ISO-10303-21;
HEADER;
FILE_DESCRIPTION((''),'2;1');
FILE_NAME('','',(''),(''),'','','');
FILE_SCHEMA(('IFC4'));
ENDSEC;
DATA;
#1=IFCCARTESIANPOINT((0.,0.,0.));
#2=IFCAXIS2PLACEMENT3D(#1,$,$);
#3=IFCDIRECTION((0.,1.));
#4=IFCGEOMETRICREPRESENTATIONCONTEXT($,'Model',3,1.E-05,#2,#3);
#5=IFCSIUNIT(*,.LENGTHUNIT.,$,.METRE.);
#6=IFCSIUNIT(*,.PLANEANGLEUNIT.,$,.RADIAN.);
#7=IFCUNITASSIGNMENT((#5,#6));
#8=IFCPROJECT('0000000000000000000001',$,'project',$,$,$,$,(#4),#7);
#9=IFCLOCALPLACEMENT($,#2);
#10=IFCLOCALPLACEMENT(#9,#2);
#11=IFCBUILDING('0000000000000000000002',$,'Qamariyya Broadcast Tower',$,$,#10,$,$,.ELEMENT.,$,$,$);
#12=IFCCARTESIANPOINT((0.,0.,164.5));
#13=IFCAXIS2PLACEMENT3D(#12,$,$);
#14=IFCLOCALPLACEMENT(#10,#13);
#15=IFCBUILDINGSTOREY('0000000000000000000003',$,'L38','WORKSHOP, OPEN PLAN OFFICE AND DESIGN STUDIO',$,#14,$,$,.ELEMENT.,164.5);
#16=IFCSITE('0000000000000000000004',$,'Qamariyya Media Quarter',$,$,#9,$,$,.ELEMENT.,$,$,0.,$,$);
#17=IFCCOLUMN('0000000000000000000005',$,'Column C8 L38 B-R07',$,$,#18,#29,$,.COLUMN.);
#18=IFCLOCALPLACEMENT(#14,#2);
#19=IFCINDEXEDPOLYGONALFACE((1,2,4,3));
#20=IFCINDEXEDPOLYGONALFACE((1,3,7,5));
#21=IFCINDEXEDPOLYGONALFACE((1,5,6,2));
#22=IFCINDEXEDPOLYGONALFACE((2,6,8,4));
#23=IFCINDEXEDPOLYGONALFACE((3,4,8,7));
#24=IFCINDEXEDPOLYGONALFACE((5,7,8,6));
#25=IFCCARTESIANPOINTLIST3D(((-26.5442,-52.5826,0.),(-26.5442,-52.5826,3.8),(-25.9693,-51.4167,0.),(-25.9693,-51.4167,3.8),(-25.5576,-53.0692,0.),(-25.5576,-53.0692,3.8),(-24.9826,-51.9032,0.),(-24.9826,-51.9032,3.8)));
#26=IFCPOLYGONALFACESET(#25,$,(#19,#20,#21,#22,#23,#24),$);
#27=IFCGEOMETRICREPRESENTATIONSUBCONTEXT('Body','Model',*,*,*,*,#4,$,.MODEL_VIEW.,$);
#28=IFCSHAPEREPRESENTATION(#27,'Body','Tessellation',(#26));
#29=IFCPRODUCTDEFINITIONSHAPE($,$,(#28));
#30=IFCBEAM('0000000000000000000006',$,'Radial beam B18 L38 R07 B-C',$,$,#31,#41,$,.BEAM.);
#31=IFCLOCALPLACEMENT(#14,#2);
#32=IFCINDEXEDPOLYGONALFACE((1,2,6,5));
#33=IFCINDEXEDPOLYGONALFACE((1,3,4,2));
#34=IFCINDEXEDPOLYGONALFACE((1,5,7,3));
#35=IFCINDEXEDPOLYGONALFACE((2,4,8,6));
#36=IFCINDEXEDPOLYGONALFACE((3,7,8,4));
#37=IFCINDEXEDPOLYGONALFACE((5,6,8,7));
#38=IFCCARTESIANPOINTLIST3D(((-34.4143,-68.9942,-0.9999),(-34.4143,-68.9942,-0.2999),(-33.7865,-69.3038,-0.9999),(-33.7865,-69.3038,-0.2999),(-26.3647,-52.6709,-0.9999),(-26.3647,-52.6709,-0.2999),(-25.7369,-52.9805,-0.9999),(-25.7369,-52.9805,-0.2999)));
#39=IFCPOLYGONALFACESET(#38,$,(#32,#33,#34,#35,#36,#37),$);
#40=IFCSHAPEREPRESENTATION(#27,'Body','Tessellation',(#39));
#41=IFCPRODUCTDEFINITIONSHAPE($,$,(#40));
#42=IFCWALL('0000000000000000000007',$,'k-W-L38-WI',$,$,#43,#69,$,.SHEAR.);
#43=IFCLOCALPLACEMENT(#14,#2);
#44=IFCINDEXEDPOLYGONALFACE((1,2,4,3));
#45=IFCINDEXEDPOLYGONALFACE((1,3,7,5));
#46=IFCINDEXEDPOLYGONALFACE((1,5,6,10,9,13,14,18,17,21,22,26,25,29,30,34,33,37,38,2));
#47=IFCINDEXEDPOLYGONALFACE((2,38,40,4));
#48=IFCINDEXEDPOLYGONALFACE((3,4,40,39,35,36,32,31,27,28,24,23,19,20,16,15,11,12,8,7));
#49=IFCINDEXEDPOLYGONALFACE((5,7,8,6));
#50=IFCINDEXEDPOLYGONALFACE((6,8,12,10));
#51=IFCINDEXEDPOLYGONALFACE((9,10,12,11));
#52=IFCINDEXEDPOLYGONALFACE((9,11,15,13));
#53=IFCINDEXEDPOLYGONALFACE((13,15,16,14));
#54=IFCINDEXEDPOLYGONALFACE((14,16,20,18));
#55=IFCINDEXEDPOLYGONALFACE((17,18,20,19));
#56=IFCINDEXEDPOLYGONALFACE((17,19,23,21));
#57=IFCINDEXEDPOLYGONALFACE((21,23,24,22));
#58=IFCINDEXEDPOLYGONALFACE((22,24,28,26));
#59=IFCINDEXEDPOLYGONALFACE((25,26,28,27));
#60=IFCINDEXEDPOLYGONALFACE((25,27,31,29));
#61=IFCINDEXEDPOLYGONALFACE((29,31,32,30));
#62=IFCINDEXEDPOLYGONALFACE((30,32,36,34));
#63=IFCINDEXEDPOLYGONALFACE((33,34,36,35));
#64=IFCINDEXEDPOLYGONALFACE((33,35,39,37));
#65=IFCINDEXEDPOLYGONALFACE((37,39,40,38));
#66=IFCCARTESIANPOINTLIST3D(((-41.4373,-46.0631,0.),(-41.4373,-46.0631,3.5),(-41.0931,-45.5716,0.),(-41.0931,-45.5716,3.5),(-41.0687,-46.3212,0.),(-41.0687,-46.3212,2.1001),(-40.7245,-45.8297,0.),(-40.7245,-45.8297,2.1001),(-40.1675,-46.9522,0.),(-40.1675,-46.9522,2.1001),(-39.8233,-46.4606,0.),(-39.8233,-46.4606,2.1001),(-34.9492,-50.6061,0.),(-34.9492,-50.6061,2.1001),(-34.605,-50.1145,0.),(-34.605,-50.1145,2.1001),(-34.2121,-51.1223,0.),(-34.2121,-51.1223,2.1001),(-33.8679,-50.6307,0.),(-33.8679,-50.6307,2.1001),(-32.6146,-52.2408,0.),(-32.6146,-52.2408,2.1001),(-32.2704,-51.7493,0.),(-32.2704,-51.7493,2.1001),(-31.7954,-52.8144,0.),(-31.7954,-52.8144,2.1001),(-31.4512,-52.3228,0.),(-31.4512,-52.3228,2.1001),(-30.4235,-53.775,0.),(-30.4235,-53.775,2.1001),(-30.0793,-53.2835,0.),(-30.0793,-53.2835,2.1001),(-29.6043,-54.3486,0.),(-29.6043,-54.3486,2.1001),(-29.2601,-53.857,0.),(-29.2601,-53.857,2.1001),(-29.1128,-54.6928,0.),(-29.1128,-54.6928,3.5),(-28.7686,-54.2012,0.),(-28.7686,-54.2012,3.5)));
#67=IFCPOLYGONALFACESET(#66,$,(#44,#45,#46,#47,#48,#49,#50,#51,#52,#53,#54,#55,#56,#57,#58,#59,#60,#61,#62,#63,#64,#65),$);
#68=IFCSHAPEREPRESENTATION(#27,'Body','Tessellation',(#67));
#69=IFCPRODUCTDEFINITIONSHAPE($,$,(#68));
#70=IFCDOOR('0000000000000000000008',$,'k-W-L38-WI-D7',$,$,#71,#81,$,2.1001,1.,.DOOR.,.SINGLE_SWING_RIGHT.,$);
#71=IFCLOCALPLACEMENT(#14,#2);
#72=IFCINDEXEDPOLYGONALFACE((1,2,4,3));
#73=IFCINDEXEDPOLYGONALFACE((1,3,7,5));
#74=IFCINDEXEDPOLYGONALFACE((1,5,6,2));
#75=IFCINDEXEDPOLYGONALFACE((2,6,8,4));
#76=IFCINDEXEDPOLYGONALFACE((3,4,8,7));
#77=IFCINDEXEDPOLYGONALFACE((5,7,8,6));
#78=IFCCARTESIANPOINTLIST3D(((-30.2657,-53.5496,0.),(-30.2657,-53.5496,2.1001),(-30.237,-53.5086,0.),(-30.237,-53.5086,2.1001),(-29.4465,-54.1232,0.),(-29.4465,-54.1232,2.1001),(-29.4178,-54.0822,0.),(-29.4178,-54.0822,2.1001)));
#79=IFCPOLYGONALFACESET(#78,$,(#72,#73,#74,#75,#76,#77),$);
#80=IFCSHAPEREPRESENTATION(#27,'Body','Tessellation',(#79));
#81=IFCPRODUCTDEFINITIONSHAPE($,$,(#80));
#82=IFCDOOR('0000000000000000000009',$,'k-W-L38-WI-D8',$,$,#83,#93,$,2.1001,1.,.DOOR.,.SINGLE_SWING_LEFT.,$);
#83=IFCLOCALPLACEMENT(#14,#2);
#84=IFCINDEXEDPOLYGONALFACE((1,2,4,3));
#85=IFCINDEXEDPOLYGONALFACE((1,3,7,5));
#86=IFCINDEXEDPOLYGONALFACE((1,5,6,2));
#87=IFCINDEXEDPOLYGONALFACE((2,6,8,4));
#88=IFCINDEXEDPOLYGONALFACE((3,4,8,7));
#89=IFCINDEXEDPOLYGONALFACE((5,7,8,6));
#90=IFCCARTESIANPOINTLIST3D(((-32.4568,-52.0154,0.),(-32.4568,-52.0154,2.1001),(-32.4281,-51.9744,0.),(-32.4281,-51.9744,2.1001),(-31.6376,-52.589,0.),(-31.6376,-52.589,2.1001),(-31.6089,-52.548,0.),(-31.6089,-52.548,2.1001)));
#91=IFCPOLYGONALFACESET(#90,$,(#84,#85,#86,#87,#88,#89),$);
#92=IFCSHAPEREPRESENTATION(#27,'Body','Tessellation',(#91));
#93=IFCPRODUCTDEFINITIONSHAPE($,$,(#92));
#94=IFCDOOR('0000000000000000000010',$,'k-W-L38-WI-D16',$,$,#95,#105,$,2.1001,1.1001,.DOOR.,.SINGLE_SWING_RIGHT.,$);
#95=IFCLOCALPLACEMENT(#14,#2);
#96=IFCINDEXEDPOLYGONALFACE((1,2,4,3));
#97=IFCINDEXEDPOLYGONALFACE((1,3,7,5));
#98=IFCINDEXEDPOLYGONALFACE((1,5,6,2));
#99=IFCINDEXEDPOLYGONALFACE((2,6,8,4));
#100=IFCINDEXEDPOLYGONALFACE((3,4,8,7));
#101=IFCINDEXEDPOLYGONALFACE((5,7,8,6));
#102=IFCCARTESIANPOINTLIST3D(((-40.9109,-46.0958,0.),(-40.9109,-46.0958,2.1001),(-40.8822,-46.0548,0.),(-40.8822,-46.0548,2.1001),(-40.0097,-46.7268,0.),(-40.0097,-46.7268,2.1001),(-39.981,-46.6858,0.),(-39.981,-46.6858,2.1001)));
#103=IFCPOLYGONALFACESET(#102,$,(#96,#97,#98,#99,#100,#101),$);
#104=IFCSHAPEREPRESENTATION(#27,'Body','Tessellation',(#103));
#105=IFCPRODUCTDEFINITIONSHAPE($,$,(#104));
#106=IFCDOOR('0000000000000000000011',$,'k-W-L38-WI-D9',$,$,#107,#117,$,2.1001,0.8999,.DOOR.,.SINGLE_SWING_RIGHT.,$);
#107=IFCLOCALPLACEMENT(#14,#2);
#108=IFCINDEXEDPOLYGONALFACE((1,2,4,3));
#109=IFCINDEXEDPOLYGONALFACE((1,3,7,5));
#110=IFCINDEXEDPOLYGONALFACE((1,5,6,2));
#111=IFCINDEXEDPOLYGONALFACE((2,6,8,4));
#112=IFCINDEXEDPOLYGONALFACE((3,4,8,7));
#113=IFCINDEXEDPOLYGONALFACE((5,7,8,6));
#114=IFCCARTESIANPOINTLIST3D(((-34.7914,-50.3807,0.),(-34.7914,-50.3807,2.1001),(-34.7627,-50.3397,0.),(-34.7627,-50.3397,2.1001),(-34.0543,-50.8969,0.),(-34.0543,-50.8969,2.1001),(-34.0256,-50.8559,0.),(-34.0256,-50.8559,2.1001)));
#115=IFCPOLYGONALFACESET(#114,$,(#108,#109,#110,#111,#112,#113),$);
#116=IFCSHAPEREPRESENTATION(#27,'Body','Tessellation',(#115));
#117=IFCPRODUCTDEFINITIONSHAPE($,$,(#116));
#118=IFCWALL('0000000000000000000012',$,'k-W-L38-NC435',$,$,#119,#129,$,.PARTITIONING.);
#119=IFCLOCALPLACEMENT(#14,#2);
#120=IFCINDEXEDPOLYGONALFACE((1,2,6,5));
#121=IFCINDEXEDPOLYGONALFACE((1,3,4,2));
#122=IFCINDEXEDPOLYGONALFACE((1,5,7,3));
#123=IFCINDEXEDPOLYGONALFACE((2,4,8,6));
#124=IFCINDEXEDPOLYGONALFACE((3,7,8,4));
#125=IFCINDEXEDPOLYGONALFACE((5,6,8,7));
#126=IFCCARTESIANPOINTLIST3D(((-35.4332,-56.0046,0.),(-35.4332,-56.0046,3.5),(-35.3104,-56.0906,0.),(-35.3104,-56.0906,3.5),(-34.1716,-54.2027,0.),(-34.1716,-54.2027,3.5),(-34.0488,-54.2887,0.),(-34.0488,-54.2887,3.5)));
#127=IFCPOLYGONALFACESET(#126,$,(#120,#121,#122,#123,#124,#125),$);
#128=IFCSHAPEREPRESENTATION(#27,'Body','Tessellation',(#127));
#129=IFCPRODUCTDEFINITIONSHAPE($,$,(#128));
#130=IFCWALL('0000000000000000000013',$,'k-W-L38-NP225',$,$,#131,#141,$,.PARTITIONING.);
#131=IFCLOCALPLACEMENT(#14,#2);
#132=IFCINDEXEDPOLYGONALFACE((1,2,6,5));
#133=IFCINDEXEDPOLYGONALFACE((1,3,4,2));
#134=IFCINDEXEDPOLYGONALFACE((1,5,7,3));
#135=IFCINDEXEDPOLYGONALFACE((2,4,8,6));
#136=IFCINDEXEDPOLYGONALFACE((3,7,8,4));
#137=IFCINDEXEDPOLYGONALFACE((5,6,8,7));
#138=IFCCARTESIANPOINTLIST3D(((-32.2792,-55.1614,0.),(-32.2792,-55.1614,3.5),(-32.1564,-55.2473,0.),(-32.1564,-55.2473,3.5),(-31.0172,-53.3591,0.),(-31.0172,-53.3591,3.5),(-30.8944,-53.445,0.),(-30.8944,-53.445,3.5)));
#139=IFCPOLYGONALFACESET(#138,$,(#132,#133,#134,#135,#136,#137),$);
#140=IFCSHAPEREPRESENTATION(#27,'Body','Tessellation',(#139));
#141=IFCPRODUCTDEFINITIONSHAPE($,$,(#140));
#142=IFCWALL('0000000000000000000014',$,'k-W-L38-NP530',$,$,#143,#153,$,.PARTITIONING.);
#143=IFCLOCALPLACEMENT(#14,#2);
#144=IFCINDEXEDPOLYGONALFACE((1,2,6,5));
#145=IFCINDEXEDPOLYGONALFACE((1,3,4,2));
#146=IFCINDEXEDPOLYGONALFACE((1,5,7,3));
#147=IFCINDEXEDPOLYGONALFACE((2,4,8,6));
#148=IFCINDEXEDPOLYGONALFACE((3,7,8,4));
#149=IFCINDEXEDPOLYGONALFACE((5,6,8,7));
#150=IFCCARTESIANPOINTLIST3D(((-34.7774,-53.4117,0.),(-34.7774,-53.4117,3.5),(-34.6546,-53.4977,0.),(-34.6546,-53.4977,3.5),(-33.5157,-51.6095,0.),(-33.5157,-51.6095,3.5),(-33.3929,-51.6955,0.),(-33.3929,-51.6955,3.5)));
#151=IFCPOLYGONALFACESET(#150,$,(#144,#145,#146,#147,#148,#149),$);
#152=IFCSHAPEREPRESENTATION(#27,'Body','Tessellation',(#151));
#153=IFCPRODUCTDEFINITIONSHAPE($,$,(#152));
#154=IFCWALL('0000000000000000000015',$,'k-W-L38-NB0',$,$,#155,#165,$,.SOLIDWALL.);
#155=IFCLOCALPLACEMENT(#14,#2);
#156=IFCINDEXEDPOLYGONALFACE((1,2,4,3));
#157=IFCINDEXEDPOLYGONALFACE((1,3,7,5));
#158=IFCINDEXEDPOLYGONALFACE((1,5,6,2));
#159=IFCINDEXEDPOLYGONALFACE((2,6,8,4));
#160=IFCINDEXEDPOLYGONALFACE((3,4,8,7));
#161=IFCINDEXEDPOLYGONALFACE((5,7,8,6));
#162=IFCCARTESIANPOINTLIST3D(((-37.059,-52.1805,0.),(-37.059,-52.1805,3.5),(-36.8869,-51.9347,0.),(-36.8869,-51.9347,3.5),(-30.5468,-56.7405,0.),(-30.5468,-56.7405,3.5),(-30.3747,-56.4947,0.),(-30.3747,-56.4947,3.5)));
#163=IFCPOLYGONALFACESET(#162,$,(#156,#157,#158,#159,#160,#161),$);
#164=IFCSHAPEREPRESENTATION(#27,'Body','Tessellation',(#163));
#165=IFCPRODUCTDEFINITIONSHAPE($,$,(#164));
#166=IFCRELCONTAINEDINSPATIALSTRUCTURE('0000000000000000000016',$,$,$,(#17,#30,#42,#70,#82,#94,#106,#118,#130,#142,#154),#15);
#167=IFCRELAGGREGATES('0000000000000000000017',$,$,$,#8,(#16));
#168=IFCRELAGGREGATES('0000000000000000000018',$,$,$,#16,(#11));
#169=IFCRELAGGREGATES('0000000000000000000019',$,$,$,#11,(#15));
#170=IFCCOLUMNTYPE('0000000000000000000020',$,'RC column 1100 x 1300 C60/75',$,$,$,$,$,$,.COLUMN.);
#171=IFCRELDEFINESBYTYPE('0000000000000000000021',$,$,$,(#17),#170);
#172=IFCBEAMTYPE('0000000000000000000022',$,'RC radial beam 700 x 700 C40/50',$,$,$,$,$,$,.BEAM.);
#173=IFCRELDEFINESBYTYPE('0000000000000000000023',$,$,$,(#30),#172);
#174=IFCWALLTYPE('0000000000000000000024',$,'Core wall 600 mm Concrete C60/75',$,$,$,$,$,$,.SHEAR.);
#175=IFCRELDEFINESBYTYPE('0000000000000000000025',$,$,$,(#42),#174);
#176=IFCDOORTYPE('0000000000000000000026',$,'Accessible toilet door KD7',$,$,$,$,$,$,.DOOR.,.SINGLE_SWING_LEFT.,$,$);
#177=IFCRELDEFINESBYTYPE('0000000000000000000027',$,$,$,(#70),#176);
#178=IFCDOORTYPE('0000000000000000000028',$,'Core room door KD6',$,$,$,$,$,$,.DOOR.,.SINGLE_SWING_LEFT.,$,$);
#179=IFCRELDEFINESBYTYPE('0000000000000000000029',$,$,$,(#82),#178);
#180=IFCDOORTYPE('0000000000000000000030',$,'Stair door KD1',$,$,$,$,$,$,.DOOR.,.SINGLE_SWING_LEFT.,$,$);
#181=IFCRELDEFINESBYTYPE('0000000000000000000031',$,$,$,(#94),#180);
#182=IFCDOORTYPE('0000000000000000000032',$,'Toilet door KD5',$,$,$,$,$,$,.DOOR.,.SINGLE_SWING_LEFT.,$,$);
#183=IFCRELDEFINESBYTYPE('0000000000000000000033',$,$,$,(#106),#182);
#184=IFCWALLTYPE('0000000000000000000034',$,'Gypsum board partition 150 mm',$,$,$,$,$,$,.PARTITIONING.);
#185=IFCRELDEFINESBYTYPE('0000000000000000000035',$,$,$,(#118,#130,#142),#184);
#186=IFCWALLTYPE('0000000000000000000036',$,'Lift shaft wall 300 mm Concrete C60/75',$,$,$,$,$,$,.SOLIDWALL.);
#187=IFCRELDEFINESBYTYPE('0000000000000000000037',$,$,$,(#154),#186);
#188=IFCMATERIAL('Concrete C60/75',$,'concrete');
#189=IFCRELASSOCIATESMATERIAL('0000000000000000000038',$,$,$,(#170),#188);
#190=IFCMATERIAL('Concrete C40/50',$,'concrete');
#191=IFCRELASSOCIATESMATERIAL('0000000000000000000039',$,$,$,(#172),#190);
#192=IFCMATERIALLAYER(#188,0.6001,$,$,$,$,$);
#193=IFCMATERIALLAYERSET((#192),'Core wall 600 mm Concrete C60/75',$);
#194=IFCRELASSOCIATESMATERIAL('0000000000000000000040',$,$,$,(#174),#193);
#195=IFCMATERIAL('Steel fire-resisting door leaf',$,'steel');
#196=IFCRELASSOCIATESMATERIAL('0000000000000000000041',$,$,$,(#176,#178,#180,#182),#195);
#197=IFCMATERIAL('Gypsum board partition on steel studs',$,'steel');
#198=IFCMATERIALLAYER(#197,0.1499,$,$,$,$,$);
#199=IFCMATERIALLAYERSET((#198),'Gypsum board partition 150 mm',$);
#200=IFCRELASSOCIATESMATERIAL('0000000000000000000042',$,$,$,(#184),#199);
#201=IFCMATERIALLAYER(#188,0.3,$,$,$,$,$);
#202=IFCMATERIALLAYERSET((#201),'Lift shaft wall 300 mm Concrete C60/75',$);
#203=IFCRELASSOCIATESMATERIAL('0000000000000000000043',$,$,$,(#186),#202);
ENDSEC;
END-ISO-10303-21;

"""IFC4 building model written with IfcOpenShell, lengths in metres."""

from ifc_helpers import new_model, si_unit, direction, frame, frame_2d, origin, origin_2d, place, context, subcontext, project, spatial, rectangle, extrude, material, layer, layer_set, material_profile, profile_set, type_object, element, fill, save


model = new_model("IFC4")

# Units and contexts
model_context = context("Model", 3, precision=1e-05, world=origin(), true_north=direction((0.0, 1.0)))
body_context = subcontext(model_context, "Body", "Model", "MODEL_VIEW")
ifc_project = project(units=[si_unit("LENGTHUNIT", "METRE"), si_unit("PLANEANGLEUNIT", "RADIAN")], contexts=[model_context])

# Site, building, storey
site_placement = place(None, origin())
site = spatial("IfcSite", under=ifc_project, at=site_placement, Name="Qamariyya Media Quarter", CompositionType="ELEMENT", RefElevation=0.0)
building_placement = place(site_placement, origin())
building = spatial("IfcBuilding", under=site, at=building_placement, Name="Qamariyya Broadcast Tower", CompositionType="ELEMENT")
storey_placement = place(building_placement, frame((0.0, 0.0, 164.5)))
storey = spatial("IfcBuildingStorey", under=building, at=storey_placement, Name="L38", Description="WORKSHOP, OPEN PLAN OFFICE AND DESIGN STUDIO", CompositionType="ELEMENT", Elevation=164.5)

# Column
ifc_material_1 = material(Name="Concrete C60/75", Category="concrete")
ifc_material_profile_1 = material_profile(ifc_material_1, rectangle(XDim=1.1001, YDim=1.3, at=origin_2d()))
ifc_profile_set_1 = profile_set([ifc_material_profile_1], Name="Concrete C60/75")
column_type = type_object("IfcColumnType", Name="RC column 1100 x 1300 C60/75", PredefinedType="COLUMN", material=ifc_profile_set_1)
column_placement = place(storey_placement, frame((-25.7634, -52.2429, 0.0), z_axis=(0.0, 0.0, 1.0), x_axis=(0.896873, -0.442289, 0.0)))
element("IfcColumn", 1, at=column_placement, inside=storey, type_object=column_type, Name="Column C8 L38 B-R07", PredefinedType="COLUMN", context=body_context, shape_type="SweptSolid", body=[
    extrude(rectangle(XDim=1.1001, YDim=1.3, at=origin_2d()), origin(), (0.0, 0.0, 1.0), 3.8),
])

# Beam
ifc_material_2 = material(Name="Concrete C40/50", Category="concrete")
ifc_material_profile_2 = material_profile(ifc_material_2, rectangle(XDim=0.7, YDim=0.7, at=origin_2d()))
ifc_profile_set_2 = profile_set([ifc_material_profile_2], Name="Concrete C40/50")
beam_type = type_object("IfcBeamType", Name="RC radial beam 700 x 700 C40/50", PredefinedType="BEAM", material=ifc_profile_set_2)
beam_placement = place(storey_placement, frame((-26.0508, -52.8257, -0.6499), z_axis=(-0.442281, -0.896876, 0.0), x_axis=(0.896876, -0.442281, 0.0)))
element("IfcBeam", 2, at=beam_placement, inside=storey, type_object=beam_type, Name="Radial beam B18 L38 R07 B-C", PredefinedType="BEAM", context=body_context, shape_type="SweptSolid", body=[
    extrude(rectangle(XDim=0.7, YDim=0.7, at=origin_2d()), origin(), (0.0, 0.0, 1.0), 18.2002),
])

# Wall, openings, doors
ifc_layer_1 = layer(ifc_material_1, 0.6001)
ifc_layer_set_1 = layer_set([ifc_layer_1], Name="Core wall 600 mm Concrete C60/75")
wall_type_1 = type_object("IfcWallType", Name="Core wall 600 mm Concrete C60/75", PredefinedType="SHEAR", material=ifc_layer_set_1)
wall_1_placement = place(storey_placement, frame((-28.9407, -54.447, 0.0), z_axis=(0.0, 0.0, 1.0), x_axis=(-0.819153, 0.573575, 0.0)))
wall_1 = element("IfcWall", 3, at=wall_1_placement, inside=storey, type_object=wall_type_1, Name="k-W-L38-WI", PredefinedType="SHEAR", context=body_context, shape_type="SweptSolid", body=[
    extrude(rectangle(XDim=15.0454, YDim=0.6001, at=frame_2d((7.5227, 0.0))), origin(), (0.0, 0.0, 1.0), 3.5),
])
opening_1_placement = place(wall_1_placement, frame((0.6001, 0.0, 0.0)))
opening_1 = element("IfcOpeningElement", 4, at=opening_1_placement, cuts=wall_1, PredefinedType="OPENING", context=body_context, shape_type="SweptSolid", body=[
    extrude(rectangle(XDim=1.0, YDim=2.1001, at=frame_2d((0.5, 1.05))), frame((0.0, 0.3101, 0.0), z_axis=(0.0, -1.0, 0.0), x_axis=(1.0, 0.0, 0.0)), (0.0, 0.0, 1.0), 0.6201),
])
opening_2_placement = place(wall_1_placement, frame((3.2749, 0.0, 0.0)))
opening_2 = element("IfcOpeningElement", 5, at=opening_2_placement, cuts=wall_1, PredefinedType="OPENING", context=body_context, shape_type="SweptSolid", body=[
    extrude(rectangle(XDim=1.0, YDim=2.1001, at=frame_2d((0.5, 1.05))), frame((0.0, 0.3101, 0.0), z_axis=(0.0, -1.0, 0.0), x_axis=(1.0, 0.0, 0.0)), (0.0, 0.0, 1.0), 0.6201),
])
opening_3_placement = place(wall_1_placement, frame((6.2251, 0.0, 0.0)))
opening_3 = element("IfcOpeningElement", 6, at=opening_3_placement, cuts=wall_1, PredefinedType="OPENING", context=body_context, shape_type="SweptSolid", body=[
    extrude(rectangle(XDim=0.8999, YDim=2.1001, at=frame_2d((0.45, 1.05))), frame((0.0, 0.3101, 0.0), z_axis=(0.0, -1.0, 0.0), x_axis=(1.0, 0.0, 0.0)), (0.0, 0.0, 1.0), 0.6201),
])
opening_4_placement = place(wall_1_placement, frame((13.4954, 0.0, 0.0)))
opening_4 = element("IfcOpeningElement", 7, at=opening_4_placement, cuts=wall_1, PredefinedType="OPENING", context=body_context, shape_type="SweptSolid", body=[
    extrude(rectangle(XDim=1.1001, YDim=2.1001, at=frame_2d((0.55, 1.05))), frame((0.0, 0.3101, 0.0), z_axis=(0.0, -1.0, 0.0), x_axis=(1.0, 0.0, 0.0)), (0.0, 0.0, 1.0), 0.6201),
])
ifc_material_3 = material(Name="Steel fire-resisting door leaf", Category="steel")
door_type_1 = type_object("IfcDoorType", Name="Accessible toilet door KD7", OperationType="SINGLE_SWING_LEFT", PredefinedType="DOOR", material=ifc_material_3)
door_1_placement = place(opening_1_placement, origin())
door_1 = element("IfcDoor", 8, at=door_1_placement, inside=storey, type_object=door_type_1, Name="k-W-L38-WI-D7", OperationType="SINGLE_SWING_RIGHT", OverallHeight=2.1001, OverallWidth=1.0, PredefinedType="DOOR", context=body_context, shape_type="SweptSolid", body=[
    extrude(rectangle(XDim=1.0, YDim=2.1001, at=frame_2d((0.5, 1.05))), frame((0.0, 0.0249, 0.0), z_axis=(0.0, -1.0, 0.0), x_axis=(1.0, 0.0, 0.0)), (0.0, 0.0, 1.0), 0.05),
])
fill(opening_1, door_1)
door_type_2 = type_object("IfcDoorType", Name="Core room door KD6", OperationType="SINGLE_SWING_LEFT", PredefinedType="DOOR", material=ifc_material_3)
door_2_placement = place(opening_2_placement, origin())
door_2 = element("IfcDoor", 9, at=door_2_placement, inside=storey, type_object=door_type_2, Name="k-W-L38-WI-D8", OperationType="SINGLE_SWING_LEFT", OverallHeight=2.1001, OverallWidth=1.0, PredefinedType="DOOR", context=body_context, shape_type="SweptSolid", body=[
    extrude(rectangle(XDim=1.0, YDim=2.1001, at=frame_2d((0.5, 1.05))), frame((0.0, 0.0249, 0.0), z_axis=(0.0, -1.0, 0.0), x_axis=(1.0, 0.0, 0.0)), (0.0, 0.0, 1.0), 0.05),
])
fill(opening_2, door_2)
door_type_3 = type_object("IfcDoorType", Name="Stair door KD1", OperationType="SINGLE_SWING_LEFT", PredefinedType="DOOR", material=ifc_material_3)
door_3_placement = place(opening_4_placement, origin())
door_3 = element("IfcDoor", 10, at=door_3_placement, inside=storey, type_object=door_type_3, Name="k-W-L38-WI-D16", OperationType="SINGLE_SWING_RIGHT", OverallHeight=2.1001, OverallWidth=1.1001, PredefinedType="DOOR", context=body_context, shape_type="SweptSolid", body=[
    extrude(rectangle(XDim=1.1001, YDim=2.1001, at=frame_2d((0.55, 1.05))), frame((0.0, 0.0249, 0.0), z_axis=(0.0, -1.0, 0.0), x_axis=(1.0, 0.0, 0.0)), (0.0, 0.0, 1.0), 0.05),
])
fill(opening_4, door_3)
door_type_4 = type_object("IfcDoorType", Name="Toilet door KD5", OperationType="SINGLE_SWING_LEFT", PredefinedType="DOOR", material=ifc_material_3)
door_4_placement = place(opening_3_placement, origin())
door_4 = element("IfcDoor", 11, at=door_4_placement, inside=storey, type_object=door_type_4, Name="k-W-L38-WI-D9", OperationType="SINGLE_SWING_RIGHT", OverallHeight=2.1001, OverallWidth=0.8999, PredefinedType="DOOR", context=body_context, shape_type="SweptSolid", body=[
    extrude(rectangle(XDim=0.8999, YDim=2.1001, at=frame_2d((0.45, 1.05))), frame((0.0, 0.0249, 0.0), z_axis=(0.0, -1.0, 0.0), x_axis=(1.0, 0.0, 0.0)), (0.0, 0.0, 1.0), 0.05),
])
fill(opening_3, door_4)

# Walls
ifc_material_4 = material(Name="Gypsum board partition on steel studs", Category="steel")
ifc_layer_2 = layer(ifc_material_4, 0.1499)
ifc_layer_set_2 = layer_set([ifc_layer_2], Name="Gypsum board partition 150 mm")
wall_type_2 = type_object("IfcWallType", Name="Gypsum board partition 150 mm", PredefinedType="PARTITIONING", material=ifc_layer_set_2)
wall_2_placement = place(storey_placement, frame((-35.3718, -56.0476, 0.0), z_axis=(0.0, 0.0, 1.0), x_axis=(0.573559, 0.819164, 0.0)))
element("IfcWall", 12, at=wall_2_placement, inside=storey, type_object=wall_type_2, Name="k-W-L38-NC435", PredefinedType="PARTITIONING", context=body_context, shape_type="SweptSolid", body=[
    extrude(rectangle(XDim=2.1997, YDim=0.1499, at=frame_2d((1.0999, 0.0))), origin(), (0.0, 0.0, 1.0), 3.5),
])
wall_3_placement = place(storey_placement, frame((-32.2178, -55.2043, 0.0), z_axis=(0.0, 0.0, 1.0), x_axis=(0.573581, 0.819149, 0.0)))
element("IfcWall", 13, at=wall_3_placement, inside=storey, type_object=wall_type_2, Name="k-W-L38-NP225", PredefinedType="PARTITIONING", context=body_context, shape_type="SweptSolid", body=[
    extrude(rectangle(XDim=2.2002, YDim=0.1499, at=frame_2d((1.1001, 0.0))), origin(), (0.0, 0.0, 1.0), 3.5),
])
wall_4_placement = place(storey_placement, frame((-34.7161, -53.4548, 0.0), z_axis=(0.0, 0.0, 1.0), x_axis=(0.573507, 0.819201, 0.0)))
element("IfcWall", 14, at=wall_4_placement, inside=storey, type_object=wall_type_2, Name="k-W-L38-NP530", PredefinedType="PARTITIONING", context=body_context, shape_type="SweptSolid", body=[
    extrude(rectangle(XDim=2.2, YDim=0.1499, at=frame_2d((1.1001, 0.0))), origin(), (0.0, 0.0, 1.0), 3.5),
])
ifc_layer_3 = layer(ifc_material_1, 0.3)
ifc_layer_set_3 = layer_set([ifc_layer_3], Name="Lift shaft wall 300 mm Concrete C60/75")
wall_type_3 = type_object("IfcWallType", Name="Lift shaft wall 300 mm Concrete C60/75", PredefinedType="SOLIDWALL", material=ifc_layer_set_3)
wall_5_placement = place(storey_placement, frame((-30.4607, -56.6177, 0.0), z_axis=(0.0, 0.0, 1.0), x_axis=(-0.819142, 0.57359, 0.0)))
element("IfcWall", 15, at=wall_5_placement, inside=storey, type_object=wall_type_3, Name="k-W-L38-NB0", PredefinedType="SOLIDWALL", context=body_context, shape_type="SweptSolid", body=[
    extrude(rectangle(XDim=7.95, YDim=0.3, at=frame_2d((3.9751, 0.0))), origin(), (0.0, 0.0, 1.0), 3.5),
])

save(model, "model.ifc")
